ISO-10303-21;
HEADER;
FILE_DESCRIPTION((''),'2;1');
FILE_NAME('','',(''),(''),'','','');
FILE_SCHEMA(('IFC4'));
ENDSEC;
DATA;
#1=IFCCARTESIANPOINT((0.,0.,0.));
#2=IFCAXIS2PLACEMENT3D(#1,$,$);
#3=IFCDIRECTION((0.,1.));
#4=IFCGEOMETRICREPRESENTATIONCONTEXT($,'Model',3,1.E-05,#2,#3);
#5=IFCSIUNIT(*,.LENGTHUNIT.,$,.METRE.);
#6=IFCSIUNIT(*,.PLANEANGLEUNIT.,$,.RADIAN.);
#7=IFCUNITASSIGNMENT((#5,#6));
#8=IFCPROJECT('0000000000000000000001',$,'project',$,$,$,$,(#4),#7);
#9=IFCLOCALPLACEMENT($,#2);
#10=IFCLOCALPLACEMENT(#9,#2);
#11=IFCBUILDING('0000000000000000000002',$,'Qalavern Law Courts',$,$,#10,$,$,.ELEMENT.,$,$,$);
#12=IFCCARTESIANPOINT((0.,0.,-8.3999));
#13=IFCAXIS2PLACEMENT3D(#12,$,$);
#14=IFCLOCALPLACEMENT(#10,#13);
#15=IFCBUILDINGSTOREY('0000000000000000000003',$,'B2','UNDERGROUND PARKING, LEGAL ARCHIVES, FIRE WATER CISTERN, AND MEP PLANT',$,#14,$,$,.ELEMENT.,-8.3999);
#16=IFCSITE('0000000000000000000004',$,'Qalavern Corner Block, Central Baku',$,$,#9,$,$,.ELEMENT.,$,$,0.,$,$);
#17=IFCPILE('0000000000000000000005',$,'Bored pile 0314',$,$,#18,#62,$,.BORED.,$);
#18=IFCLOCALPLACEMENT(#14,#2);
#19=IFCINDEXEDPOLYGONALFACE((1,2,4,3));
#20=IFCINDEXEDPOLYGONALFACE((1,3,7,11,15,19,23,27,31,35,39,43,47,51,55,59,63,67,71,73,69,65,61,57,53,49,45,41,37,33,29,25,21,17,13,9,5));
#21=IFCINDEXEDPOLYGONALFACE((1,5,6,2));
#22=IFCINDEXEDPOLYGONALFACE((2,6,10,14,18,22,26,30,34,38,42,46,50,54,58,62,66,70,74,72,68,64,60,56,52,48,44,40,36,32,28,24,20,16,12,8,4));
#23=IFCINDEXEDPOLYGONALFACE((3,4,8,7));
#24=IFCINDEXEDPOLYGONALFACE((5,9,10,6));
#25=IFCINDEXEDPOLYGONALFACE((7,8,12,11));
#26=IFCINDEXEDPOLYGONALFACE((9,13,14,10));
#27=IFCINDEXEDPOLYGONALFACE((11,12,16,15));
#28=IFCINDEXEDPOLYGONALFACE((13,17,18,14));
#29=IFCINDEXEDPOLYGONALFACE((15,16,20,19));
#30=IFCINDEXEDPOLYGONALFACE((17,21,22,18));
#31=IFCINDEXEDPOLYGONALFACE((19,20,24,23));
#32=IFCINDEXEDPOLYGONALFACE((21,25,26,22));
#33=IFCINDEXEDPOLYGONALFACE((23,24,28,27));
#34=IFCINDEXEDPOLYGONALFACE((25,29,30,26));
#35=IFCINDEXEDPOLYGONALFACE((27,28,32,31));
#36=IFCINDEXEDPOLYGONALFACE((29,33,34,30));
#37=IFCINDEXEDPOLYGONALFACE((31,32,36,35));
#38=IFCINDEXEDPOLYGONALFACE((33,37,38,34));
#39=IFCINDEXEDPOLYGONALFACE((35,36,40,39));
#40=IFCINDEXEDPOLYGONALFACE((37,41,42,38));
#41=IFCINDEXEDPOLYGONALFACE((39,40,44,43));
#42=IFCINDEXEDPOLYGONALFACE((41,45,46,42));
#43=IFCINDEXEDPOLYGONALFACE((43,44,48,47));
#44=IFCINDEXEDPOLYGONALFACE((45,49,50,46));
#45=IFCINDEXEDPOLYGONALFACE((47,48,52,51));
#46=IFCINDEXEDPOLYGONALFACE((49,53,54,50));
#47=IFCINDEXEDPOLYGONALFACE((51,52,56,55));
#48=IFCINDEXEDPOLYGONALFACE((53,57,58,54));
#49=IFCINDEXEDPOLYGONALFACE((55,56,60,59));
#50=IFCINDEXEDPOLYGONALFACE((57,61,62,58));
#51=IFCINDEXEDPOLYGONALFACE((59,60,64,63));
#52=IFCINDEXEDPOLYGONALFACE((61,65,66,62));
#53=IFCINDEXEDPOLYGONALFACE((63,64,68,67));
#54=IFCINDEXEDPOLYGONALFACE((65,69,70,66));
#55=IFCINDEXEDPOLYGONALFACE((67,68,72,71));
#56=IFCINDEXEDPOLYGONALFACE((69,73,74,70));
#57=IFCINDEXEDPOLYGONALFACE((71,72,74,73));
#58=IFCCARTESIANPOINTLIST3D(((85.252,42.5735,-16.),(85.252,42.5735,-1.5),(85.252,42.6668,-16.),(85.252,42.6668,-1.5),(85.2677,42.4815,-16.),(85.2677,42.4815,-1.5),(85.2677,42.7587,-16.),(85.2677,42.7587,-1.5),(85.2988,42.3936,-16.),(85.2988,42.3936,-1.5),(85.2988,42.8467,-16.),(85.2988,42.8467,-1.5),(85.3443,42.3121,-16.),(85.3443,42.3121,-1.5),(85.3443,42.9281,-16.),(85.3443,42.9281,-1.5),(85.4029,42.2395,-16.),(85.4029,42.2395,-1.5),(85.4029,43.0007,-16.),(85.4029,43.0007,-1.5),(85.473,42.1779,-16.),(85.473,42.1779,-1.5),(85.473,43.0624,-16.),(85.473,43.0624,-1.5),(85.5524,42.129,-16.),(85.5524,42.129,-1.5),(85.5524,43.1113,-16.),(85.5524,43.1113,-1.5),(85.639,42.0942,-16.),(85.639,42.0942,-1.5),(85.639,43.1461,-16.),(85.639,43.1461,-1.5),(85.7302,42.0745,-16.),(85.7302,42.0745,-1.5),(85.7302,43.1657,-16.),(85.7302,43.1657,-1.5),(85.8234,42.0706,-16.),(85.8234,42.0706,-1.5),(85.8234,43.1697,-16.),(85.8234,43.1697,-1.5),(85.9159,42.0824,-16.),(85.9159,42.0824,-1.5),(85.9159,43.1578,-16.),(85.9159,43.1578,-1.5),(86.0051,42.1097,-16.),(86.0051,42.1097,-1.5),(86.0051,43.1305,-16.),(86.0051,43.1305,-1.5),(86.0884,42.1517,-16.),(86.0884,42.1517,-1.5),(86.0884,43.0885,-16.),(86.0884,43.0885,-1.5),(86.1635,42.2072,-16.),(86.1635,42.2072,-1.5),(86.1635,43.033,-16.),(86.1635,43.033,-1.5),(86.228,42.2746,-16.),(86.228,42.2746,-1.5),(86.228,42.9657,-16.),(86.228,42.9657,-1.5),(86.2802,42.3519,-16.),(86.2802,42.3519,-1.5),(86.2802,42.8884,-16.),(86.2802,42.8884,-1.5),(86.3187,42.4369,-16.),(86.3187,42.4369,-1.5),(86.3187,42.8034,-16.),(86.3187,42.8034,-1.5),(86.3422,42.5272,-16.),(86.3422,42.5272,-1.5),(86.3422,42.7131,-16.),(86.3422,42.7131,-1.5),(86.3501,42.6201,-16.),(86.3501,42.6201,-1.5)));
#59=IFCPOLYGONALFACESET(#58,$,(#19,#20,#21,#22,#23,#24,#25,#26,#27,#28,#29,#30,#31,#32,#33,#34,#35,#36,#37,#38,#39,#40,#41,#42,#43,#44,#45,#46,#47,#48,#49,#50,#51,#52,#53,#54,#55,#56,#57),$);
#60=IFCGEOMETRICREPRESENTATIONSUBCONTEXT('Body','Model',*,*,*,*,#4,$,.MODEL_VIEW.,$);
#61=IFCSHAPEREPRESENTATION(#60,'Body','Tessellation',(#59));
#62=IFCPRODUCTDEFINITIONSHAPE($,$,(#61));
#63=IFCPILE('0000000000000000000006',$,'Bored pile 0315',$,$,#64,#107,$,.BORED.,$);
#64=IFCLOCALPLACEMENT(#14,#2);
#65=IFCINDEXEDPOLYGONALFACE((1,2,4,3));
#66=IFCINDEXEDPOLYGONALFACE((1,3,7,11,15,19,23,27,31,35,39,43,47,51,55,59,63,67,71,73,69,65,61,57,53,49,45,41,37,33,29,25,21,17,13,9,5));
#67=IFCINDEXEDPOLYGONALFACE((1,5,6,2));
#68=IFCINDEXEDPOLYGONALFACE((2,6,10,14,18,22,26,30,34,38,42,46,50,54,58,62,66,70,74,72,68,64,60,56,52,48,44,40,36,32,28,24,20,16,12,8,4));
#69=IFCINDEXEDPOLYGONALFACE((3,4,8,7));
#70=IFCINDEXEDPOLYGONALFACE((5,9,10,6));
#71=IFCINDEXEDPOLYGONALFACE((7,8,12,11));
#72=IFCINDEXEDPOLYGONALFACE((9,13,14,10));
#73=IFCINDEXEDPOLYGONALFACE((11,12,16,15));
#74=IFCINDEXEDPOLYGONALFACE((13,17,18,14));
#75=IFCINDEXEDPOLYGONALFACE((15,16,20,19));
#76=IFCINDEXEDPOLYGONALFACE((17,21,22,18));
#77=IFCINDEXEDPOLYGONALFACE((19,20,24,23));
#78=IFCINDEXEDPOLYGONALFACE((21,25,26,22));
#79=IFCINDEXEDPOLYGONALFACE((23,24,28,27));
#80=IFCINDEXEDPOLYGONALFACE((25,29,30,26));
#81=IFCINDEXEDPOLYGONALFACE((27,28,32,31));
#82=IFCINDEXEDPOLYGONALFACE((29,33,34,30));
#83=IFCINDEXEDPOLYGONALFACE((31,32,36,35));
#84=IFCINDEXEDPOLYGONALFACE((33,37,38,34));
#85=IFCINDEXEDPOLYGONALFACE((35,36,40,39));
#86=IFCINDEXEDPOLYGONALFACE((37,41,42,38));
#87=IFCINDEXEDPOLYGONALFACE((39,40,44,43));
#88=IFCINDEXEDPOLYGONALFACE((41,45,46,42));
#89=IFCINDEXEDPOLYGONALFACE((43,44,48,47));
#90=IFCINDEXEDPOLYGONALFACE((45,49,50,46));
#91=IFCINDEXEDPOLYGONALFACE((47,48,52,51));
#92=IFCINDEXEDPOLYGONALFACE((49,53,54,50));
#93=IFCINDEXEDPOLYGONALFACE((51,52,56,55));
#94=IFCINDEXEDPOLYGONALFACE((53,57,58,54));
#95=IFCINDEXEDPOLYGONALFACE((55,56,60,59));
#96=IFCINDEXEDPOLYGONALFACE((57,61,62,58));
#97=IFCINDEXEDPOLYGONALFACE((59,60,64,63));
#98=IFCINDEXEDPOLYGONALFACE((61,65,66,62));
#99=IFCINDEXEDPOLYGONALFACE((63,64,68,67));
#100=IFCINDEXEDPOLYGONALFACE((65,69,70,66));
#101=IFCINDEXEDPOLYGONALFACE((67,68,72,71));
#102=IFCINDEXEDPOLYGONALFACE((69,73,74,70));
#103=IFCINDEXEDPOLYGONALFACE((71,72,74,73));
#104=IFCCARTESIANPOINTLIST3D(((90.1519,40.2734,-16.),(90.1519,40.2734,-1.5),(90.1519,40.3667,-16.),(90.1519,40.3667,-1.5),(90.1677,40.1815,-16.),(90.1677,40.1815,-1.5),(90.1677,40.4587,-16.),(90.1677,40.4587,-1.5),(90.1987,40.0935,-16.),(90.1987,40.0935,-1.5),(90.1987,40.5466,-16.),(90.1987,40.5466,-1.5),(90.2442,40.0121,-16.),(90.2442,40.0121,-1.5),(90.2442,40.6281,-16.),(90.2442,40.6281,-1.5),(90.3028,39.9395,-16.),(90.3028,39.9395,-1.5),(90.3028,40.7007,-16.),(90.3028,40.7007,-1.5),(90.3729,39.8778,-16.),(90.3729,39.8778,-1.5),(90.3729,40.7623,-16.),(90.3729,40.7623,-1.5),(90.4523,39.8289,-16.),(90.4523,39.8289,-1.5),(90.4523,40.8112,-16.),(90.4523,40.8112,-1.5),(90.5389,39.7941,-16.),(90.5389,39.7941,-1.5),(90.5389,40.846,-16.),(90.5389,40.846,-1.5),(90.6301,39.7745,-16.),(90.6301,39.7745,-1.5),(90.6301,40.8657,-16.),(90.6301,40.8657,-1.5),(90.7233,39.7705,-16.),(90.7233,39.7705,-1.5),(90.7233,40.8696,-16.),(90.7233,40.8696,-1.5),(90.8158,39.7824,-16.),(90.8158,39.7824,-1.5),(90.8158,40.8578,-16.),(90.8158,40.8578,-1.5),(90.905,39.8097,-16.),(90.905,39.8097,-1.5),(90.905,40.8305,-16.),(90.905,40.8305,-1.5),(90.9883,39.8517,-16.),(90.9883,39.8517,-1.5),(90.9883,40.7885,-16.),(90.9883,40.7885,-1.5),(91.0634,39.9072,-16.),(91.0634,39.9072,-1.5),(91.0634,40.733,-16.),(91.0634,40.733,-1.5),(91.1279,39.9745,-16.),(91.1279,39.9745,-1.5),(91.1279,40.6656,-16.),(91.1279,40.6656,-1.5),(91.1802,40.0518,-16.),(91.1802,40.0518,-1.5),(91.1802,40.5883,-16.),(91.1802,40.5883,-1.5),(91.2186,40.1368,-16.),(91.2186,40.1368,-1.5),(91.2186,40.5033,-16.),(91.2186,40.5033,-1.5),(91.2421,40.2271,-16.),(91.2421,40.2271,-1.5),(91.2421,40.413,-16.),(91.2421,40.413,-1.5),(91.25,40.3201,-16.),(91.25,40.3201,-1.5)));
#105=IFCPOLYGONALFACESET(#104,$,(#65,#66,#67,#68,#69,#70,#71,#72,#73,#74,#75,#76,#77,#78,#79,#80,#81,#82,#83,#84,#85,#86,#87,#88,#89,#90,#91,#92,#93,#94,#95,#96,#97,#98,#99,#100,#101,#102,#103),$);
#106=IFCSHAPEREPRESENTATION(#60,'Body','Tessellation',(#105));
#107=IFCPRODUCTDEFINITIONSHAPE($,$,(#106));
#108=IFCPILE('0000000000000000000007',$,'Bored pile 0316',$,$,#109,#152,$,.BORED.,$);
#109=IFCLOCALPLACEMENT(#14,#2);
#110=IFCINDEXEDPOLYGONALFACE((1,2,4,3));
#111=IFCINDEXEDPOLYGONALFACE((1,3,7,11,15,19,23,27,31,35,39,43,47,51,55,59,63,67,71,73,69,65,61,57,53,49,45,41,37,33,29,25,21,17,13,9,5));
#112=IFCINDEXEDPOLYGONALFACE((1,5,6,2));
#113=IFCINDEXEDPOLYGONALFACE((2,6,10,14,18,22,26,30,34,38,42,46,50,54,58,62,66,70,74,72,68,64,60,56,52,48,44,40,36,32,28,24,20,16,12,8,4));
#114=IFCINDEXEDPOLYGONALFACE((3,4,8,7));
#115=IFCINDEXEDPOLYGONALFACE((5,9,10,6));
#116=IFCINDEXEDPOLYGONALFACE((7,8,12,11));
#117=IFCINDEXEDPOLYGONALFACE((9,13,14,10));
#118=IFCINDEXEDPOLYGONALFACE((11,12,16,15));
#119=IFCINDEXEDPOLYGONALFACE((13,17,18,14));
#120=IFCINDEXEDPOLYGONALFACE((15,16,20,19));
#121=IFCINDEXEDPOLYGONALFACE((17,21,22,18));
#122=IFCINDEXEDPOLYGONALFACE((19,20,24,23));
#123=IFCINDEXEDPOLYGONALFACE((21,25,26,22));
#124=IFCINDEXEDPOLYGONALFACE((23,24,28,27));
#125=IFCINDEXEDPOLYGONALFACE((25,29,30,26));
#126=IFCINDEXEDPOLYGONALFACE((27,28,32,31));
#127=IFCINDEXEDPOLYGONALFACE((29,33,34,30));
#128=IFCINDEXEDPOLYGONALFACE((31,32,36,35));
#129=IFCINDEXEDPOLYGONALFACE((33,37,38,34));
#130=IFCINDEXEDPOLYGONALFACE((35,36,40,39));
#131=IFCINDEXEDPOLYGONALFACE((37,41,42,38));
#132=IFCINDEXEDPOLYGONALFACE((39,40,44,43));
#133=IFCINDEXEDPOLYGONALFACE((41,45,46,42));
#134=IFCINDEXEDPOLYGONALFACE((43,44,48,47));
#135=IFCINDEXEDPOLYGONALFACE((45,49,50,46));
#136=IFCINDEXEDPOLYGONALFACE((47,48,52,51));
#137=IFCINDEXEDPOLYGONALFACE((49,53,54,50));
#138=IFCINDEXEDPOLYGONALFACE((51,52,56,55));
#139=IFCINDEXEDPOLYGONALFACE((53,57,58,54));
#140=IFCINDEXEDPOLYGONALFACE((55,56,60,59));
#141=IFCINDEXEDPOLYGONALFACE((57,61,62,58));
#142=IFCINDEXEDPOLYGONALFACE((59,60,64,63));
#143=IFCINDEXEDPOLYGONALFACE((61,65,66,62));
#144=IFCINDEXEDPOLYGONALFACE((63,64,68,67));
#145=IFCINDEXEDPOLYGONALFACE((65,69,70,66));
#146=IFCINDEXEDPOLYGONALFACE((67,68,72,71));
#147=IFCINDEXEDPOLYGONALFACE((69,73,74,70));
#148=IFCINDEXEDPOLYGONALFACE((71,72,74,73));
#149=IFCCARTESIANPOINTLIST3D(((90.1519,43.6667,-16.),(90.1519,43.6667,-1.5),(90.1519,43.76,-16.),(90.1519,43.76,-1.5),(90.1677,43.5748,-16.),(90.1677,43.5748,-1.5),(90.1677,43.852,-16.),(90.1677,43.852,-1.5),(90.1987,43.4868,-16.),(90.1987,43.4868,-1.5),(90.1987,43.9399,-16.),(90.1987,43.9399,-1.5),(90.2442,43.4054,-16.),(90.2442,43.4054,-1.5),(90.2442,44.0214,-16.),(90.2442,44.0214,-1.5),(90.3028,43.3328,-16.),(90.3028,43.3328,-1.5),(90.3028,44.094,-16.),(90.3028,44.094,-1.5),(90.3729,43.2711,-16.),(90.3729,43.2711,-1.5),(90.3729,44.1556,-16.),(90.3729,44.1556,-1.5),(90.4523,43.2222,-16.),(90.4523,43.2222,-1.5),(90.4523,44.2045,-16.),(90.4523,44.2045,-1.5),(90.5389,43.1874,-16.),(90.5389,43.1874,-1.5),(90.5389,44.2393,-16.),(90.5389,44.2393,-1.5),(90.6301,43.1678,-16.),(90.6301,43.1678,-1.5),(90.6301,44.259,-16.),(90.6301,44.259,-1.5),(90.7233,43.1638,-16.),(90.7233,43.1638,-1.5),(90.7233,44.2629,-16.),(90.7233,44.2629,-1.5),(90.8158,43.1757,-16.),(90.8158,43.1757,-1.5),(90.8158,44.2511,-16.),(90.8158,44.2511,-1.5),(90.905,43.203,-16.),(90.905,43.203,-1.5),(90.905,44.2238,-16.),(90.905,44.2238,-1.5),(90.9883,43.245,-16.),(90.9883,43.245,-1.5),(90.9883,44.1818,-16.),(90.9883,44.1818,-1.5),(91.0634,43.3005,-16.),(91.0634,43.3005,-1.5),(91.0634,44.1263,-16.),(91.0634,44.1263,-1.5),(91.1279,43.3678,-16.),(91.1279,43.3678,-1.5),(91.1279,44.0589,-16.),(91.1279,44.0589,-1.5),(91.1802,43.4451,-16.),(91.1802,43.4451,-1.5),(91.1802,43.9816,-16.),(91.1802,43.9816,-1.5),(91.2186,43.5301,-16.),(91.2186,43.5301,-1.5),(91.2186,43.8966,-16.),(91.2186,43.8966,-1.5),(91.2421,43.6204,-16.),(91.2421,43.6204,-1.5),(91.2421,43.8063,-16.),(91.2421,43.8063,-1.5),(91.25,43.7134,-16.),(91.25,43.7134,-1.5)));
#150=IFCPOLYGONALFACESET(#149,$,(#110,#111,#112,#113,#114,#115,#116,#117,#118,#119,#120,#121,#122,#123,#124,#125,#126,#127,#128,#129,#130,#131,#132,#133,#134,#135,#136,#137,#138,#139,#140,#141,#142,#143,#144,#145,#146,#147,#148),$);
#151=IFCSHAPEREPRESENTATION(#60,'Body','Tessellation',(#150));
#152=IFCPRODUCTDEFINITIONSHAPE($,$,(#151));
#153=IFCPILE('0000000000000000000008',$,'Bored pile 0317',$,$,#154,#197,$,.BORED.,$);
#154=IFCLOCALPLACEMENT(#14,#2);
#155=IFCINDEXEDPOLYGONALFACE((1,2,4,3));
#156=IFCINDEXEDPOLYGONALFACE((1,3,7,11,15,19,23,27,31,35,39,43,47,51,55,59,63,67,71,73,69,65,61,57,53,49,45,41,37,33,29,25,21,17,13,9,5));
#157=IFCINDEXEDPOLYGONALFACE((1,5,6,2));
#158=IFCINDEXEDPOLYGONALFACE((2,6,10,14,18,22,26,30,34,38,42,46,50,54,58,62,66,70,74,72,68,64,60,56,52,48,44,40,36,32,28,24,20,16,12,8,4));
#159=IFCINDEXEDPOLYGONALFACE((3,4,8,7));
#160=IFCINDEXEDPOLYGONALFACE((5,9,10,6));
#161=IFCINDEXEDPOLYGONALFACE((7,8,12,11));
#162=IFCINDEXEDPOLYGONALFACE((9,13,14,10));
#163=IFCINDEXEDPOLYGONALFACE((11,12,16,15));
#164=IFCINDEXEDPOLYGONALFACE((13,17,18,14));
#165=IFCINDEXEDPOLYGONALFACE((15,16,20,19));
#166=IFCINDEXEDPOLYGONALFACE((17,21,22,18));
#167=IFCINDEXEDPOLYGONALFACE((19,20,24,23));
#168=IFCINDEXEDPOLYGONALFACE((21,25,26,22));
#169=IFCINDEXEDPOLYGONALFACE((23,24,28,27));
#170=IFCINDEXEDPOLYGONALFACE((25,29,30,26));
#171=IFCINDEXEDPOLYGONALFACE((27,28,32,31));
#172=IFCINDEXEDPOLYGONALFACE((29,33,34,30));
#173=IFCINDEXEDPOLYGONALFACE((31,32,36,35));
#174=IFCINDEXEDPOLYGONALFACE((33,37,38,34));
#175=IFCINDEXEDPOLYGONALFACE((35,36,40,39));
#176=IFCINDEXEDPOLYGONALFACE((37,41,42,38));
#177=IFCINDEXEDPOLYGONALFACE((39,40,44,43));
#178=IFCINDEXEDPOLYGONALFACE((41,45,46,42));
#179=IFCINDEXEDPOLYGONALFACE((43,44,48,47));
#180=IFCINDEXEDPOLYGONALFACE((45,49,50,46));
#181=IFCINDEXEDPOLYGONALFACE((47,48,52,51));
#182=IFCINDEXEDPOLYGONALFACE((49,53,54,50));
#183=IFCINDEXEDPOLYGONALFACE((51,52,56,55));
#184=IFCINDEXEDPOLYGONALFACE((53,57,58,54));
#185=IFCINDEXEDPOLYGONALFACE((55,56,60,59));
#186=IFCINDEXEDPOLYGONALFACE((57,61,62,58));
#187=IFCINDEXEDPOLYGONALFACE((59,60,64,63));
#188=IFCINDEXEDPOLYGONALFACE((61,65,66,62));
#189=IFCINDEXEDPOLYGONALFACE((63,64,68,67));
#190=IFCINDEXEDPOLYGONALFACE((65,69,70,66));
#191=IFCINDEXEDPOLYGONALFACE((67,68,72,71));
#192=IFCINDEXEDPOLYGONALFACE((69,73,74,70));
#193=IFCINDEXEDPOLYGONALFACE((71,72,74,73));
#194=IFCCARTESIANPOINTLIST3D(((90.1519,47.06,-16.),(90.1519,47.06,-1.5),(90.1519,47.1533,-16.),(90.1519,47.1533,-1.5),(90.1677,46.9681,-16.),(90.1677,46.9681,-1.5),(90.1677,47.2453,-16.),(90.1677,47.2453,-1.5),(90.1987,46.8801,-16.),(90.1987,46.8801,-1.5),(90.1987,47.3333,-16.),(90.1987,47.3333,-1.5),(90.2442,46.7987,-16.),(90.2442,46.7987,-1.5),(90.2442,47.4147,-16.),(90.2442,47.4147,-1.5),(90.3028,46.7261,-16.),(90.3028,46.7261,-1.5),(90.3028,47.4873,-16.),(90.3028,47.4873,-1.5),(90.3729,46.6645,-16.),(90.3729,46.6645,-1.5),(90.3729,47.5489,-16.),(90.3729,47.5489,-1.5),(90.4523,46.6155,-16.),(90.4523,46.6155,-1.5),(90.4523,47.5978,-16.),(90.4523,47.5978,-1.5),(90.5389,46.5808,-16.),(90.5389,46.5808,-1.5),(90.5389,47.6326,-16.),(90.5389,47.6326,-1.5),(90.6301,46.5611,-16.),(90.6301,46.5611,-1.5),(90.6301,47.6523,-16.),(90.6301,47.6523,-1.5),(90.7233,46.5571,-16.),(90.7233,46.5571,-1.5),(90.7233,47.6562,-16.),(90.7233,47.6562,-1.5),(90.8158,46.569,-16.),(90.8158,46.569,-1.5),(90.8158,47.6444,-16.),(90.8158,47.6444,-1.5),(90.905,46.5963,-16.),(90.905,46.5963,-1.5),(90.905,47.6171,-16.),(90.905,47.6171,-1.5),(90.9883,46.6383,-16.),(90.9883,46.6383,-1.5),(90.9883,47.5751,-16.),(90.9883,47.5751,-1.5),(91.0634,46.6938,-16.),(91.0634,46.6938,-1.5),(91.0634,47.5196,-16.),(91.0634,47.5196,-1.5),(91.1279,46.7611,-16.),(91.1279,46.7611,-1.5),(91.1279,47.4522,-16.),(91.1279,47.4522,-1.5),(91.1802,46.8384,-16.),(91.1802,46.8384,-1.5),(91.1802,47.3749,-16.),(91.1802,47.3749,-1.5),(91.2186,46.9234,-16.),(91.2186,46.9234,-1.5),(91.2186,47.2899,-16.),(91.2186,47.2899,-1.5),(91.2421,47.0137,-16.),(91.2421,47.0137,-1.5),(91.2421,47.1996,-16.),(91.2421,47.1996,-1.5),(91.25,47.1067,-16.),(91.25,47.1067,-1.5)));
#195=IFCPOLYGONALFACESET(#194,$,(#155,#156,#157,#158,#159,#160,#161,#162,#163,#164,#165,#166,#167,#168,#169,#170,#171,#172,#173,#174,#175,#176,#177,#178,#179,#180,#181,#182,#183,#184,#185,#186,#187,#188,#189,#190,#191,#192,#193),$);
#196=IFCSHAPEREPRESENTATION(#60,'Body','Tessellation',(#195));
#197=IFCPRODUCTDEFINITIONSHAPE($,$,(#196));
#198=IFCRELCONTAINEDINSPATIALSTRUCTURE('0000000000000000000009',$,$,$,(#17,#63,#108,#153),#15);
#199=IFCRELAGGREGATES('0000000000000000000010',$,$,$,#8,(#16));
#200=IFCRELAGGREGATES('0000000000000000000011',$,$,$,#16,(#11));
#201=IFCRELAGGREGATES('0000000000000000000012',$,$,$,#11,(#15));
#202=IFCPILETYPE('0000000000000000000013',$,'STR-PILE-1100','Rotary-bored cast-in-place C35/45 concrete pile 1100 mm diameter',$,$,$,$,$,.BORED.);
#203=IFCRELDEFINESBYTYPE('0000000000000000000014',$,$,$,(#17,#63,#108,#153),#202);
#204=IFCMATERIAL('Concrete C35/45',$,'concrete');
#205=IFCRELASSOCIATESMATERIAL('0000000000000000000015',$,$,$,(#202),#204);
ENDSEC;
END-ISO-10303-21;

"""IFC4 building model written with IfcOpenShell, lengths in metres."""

from ifc_helpers import new_model, si_unit, direction, frame, origin, origin_2d, place, context, subcontext, project, spatial, circle, extrude, material, material_profile, profile_set, type_object, element, save


model = new_model("IFC4")

# Units and contexts
model_context = context("Model", 3, precision=1e-05, world=origin(), true_north=direction((0.0, 1.0)))
body_context = subcontext(model_context, "Body", "Model", "MODEL_VIEW")
ifc_project = project(units=[si_unit("LENGTHUNIT", "METRE"), si_unit("PLANEANGLEUNIT", "RADIAN")], contexts=[model_context])

# Site, building, storey
site_placement = place(None, origin())
site = spatial("IfcSite", under=ifc_project, at=site_placement, Name="Qalavern Corner Block, Central Baku", CompositionType="ELEMENT", RefElevation=0.0)
building_placement = place(site_placement, origin())
building = spatial("IfcBuilding", under=site, at=building_placement, Name="Qalavern Law Courts", CompositionType="ELEMENT")
storey_placement = place(building_placement, frame((0.0, 0.0, -8.3999)))
storey = spatial("IfcBuildingStorey", under=building, at=storey_placement, Name="B2", Description="UNDERGROUND PARKING, LEGAL ARCHIVES, FIRE WATER CISTERN, AND MEP PLANT", CompositionType="ELEMENT", Elevation=-8.3999)

# Shared definitions
ifc_material_1 = material(Name="Concrete C35/45", Category="concrete")

# Piles
ifc_material_profile_1 = material_profile(ifc_material_1, circle(Radius=0.55, at=origin_2d()), Name="BORED PILE 1100")
ifc_profile_set_1 = profile_set([ifc_material_profile_1], Name="Concrete C35/45")
pile_type_1 = type_object("IfcPileType", Name="STR-PILE-1100", Description="Rotary-bored cast-in-place C35/45 concrete pile 1100 mm diameter", PredefinedType="BORED", material=ifc_profile_set_1)
for number, where, z_axis, x_axis, name in (
    (1, (85.8, 42.6201, -1.5), (0.0, 0.0, -1.0), (1.0, 0.0, 0.0), "Bored pile 0314"),
    (2, (90.7, 40.3201, -1.5), (0.0, 0.0, -1.0), (1.0, 0.0, 0.0), "Bored pile 0315"),
    (3, (90.7, 43.7134, -1.5), (0.0, 0.0, -1.0), (1.0, 0.0, 0.0), "Bored pile 0316"),
    (4, (90.7, 47.1067, -1.5), (0.0, 0.0, -1.0), (1.0, 0.0, 0.0), "Bored pile 0317"),
):
    element("IfcPile", number, at=place(storey_placement, frame(where, z_axis=z_axis, x_axis=x_axis)), inside=storey, type_object=pile_type_1, Name=name, PredefinedType="BORED", context=body_context, shape_type="SweptSolid", body=[
        extrude(circle(Radius=0.55, at=origin_2d()), origin(), (0.0, 0.0, 1.0), 14.5),
    ])

save(model, "model.ifc")
